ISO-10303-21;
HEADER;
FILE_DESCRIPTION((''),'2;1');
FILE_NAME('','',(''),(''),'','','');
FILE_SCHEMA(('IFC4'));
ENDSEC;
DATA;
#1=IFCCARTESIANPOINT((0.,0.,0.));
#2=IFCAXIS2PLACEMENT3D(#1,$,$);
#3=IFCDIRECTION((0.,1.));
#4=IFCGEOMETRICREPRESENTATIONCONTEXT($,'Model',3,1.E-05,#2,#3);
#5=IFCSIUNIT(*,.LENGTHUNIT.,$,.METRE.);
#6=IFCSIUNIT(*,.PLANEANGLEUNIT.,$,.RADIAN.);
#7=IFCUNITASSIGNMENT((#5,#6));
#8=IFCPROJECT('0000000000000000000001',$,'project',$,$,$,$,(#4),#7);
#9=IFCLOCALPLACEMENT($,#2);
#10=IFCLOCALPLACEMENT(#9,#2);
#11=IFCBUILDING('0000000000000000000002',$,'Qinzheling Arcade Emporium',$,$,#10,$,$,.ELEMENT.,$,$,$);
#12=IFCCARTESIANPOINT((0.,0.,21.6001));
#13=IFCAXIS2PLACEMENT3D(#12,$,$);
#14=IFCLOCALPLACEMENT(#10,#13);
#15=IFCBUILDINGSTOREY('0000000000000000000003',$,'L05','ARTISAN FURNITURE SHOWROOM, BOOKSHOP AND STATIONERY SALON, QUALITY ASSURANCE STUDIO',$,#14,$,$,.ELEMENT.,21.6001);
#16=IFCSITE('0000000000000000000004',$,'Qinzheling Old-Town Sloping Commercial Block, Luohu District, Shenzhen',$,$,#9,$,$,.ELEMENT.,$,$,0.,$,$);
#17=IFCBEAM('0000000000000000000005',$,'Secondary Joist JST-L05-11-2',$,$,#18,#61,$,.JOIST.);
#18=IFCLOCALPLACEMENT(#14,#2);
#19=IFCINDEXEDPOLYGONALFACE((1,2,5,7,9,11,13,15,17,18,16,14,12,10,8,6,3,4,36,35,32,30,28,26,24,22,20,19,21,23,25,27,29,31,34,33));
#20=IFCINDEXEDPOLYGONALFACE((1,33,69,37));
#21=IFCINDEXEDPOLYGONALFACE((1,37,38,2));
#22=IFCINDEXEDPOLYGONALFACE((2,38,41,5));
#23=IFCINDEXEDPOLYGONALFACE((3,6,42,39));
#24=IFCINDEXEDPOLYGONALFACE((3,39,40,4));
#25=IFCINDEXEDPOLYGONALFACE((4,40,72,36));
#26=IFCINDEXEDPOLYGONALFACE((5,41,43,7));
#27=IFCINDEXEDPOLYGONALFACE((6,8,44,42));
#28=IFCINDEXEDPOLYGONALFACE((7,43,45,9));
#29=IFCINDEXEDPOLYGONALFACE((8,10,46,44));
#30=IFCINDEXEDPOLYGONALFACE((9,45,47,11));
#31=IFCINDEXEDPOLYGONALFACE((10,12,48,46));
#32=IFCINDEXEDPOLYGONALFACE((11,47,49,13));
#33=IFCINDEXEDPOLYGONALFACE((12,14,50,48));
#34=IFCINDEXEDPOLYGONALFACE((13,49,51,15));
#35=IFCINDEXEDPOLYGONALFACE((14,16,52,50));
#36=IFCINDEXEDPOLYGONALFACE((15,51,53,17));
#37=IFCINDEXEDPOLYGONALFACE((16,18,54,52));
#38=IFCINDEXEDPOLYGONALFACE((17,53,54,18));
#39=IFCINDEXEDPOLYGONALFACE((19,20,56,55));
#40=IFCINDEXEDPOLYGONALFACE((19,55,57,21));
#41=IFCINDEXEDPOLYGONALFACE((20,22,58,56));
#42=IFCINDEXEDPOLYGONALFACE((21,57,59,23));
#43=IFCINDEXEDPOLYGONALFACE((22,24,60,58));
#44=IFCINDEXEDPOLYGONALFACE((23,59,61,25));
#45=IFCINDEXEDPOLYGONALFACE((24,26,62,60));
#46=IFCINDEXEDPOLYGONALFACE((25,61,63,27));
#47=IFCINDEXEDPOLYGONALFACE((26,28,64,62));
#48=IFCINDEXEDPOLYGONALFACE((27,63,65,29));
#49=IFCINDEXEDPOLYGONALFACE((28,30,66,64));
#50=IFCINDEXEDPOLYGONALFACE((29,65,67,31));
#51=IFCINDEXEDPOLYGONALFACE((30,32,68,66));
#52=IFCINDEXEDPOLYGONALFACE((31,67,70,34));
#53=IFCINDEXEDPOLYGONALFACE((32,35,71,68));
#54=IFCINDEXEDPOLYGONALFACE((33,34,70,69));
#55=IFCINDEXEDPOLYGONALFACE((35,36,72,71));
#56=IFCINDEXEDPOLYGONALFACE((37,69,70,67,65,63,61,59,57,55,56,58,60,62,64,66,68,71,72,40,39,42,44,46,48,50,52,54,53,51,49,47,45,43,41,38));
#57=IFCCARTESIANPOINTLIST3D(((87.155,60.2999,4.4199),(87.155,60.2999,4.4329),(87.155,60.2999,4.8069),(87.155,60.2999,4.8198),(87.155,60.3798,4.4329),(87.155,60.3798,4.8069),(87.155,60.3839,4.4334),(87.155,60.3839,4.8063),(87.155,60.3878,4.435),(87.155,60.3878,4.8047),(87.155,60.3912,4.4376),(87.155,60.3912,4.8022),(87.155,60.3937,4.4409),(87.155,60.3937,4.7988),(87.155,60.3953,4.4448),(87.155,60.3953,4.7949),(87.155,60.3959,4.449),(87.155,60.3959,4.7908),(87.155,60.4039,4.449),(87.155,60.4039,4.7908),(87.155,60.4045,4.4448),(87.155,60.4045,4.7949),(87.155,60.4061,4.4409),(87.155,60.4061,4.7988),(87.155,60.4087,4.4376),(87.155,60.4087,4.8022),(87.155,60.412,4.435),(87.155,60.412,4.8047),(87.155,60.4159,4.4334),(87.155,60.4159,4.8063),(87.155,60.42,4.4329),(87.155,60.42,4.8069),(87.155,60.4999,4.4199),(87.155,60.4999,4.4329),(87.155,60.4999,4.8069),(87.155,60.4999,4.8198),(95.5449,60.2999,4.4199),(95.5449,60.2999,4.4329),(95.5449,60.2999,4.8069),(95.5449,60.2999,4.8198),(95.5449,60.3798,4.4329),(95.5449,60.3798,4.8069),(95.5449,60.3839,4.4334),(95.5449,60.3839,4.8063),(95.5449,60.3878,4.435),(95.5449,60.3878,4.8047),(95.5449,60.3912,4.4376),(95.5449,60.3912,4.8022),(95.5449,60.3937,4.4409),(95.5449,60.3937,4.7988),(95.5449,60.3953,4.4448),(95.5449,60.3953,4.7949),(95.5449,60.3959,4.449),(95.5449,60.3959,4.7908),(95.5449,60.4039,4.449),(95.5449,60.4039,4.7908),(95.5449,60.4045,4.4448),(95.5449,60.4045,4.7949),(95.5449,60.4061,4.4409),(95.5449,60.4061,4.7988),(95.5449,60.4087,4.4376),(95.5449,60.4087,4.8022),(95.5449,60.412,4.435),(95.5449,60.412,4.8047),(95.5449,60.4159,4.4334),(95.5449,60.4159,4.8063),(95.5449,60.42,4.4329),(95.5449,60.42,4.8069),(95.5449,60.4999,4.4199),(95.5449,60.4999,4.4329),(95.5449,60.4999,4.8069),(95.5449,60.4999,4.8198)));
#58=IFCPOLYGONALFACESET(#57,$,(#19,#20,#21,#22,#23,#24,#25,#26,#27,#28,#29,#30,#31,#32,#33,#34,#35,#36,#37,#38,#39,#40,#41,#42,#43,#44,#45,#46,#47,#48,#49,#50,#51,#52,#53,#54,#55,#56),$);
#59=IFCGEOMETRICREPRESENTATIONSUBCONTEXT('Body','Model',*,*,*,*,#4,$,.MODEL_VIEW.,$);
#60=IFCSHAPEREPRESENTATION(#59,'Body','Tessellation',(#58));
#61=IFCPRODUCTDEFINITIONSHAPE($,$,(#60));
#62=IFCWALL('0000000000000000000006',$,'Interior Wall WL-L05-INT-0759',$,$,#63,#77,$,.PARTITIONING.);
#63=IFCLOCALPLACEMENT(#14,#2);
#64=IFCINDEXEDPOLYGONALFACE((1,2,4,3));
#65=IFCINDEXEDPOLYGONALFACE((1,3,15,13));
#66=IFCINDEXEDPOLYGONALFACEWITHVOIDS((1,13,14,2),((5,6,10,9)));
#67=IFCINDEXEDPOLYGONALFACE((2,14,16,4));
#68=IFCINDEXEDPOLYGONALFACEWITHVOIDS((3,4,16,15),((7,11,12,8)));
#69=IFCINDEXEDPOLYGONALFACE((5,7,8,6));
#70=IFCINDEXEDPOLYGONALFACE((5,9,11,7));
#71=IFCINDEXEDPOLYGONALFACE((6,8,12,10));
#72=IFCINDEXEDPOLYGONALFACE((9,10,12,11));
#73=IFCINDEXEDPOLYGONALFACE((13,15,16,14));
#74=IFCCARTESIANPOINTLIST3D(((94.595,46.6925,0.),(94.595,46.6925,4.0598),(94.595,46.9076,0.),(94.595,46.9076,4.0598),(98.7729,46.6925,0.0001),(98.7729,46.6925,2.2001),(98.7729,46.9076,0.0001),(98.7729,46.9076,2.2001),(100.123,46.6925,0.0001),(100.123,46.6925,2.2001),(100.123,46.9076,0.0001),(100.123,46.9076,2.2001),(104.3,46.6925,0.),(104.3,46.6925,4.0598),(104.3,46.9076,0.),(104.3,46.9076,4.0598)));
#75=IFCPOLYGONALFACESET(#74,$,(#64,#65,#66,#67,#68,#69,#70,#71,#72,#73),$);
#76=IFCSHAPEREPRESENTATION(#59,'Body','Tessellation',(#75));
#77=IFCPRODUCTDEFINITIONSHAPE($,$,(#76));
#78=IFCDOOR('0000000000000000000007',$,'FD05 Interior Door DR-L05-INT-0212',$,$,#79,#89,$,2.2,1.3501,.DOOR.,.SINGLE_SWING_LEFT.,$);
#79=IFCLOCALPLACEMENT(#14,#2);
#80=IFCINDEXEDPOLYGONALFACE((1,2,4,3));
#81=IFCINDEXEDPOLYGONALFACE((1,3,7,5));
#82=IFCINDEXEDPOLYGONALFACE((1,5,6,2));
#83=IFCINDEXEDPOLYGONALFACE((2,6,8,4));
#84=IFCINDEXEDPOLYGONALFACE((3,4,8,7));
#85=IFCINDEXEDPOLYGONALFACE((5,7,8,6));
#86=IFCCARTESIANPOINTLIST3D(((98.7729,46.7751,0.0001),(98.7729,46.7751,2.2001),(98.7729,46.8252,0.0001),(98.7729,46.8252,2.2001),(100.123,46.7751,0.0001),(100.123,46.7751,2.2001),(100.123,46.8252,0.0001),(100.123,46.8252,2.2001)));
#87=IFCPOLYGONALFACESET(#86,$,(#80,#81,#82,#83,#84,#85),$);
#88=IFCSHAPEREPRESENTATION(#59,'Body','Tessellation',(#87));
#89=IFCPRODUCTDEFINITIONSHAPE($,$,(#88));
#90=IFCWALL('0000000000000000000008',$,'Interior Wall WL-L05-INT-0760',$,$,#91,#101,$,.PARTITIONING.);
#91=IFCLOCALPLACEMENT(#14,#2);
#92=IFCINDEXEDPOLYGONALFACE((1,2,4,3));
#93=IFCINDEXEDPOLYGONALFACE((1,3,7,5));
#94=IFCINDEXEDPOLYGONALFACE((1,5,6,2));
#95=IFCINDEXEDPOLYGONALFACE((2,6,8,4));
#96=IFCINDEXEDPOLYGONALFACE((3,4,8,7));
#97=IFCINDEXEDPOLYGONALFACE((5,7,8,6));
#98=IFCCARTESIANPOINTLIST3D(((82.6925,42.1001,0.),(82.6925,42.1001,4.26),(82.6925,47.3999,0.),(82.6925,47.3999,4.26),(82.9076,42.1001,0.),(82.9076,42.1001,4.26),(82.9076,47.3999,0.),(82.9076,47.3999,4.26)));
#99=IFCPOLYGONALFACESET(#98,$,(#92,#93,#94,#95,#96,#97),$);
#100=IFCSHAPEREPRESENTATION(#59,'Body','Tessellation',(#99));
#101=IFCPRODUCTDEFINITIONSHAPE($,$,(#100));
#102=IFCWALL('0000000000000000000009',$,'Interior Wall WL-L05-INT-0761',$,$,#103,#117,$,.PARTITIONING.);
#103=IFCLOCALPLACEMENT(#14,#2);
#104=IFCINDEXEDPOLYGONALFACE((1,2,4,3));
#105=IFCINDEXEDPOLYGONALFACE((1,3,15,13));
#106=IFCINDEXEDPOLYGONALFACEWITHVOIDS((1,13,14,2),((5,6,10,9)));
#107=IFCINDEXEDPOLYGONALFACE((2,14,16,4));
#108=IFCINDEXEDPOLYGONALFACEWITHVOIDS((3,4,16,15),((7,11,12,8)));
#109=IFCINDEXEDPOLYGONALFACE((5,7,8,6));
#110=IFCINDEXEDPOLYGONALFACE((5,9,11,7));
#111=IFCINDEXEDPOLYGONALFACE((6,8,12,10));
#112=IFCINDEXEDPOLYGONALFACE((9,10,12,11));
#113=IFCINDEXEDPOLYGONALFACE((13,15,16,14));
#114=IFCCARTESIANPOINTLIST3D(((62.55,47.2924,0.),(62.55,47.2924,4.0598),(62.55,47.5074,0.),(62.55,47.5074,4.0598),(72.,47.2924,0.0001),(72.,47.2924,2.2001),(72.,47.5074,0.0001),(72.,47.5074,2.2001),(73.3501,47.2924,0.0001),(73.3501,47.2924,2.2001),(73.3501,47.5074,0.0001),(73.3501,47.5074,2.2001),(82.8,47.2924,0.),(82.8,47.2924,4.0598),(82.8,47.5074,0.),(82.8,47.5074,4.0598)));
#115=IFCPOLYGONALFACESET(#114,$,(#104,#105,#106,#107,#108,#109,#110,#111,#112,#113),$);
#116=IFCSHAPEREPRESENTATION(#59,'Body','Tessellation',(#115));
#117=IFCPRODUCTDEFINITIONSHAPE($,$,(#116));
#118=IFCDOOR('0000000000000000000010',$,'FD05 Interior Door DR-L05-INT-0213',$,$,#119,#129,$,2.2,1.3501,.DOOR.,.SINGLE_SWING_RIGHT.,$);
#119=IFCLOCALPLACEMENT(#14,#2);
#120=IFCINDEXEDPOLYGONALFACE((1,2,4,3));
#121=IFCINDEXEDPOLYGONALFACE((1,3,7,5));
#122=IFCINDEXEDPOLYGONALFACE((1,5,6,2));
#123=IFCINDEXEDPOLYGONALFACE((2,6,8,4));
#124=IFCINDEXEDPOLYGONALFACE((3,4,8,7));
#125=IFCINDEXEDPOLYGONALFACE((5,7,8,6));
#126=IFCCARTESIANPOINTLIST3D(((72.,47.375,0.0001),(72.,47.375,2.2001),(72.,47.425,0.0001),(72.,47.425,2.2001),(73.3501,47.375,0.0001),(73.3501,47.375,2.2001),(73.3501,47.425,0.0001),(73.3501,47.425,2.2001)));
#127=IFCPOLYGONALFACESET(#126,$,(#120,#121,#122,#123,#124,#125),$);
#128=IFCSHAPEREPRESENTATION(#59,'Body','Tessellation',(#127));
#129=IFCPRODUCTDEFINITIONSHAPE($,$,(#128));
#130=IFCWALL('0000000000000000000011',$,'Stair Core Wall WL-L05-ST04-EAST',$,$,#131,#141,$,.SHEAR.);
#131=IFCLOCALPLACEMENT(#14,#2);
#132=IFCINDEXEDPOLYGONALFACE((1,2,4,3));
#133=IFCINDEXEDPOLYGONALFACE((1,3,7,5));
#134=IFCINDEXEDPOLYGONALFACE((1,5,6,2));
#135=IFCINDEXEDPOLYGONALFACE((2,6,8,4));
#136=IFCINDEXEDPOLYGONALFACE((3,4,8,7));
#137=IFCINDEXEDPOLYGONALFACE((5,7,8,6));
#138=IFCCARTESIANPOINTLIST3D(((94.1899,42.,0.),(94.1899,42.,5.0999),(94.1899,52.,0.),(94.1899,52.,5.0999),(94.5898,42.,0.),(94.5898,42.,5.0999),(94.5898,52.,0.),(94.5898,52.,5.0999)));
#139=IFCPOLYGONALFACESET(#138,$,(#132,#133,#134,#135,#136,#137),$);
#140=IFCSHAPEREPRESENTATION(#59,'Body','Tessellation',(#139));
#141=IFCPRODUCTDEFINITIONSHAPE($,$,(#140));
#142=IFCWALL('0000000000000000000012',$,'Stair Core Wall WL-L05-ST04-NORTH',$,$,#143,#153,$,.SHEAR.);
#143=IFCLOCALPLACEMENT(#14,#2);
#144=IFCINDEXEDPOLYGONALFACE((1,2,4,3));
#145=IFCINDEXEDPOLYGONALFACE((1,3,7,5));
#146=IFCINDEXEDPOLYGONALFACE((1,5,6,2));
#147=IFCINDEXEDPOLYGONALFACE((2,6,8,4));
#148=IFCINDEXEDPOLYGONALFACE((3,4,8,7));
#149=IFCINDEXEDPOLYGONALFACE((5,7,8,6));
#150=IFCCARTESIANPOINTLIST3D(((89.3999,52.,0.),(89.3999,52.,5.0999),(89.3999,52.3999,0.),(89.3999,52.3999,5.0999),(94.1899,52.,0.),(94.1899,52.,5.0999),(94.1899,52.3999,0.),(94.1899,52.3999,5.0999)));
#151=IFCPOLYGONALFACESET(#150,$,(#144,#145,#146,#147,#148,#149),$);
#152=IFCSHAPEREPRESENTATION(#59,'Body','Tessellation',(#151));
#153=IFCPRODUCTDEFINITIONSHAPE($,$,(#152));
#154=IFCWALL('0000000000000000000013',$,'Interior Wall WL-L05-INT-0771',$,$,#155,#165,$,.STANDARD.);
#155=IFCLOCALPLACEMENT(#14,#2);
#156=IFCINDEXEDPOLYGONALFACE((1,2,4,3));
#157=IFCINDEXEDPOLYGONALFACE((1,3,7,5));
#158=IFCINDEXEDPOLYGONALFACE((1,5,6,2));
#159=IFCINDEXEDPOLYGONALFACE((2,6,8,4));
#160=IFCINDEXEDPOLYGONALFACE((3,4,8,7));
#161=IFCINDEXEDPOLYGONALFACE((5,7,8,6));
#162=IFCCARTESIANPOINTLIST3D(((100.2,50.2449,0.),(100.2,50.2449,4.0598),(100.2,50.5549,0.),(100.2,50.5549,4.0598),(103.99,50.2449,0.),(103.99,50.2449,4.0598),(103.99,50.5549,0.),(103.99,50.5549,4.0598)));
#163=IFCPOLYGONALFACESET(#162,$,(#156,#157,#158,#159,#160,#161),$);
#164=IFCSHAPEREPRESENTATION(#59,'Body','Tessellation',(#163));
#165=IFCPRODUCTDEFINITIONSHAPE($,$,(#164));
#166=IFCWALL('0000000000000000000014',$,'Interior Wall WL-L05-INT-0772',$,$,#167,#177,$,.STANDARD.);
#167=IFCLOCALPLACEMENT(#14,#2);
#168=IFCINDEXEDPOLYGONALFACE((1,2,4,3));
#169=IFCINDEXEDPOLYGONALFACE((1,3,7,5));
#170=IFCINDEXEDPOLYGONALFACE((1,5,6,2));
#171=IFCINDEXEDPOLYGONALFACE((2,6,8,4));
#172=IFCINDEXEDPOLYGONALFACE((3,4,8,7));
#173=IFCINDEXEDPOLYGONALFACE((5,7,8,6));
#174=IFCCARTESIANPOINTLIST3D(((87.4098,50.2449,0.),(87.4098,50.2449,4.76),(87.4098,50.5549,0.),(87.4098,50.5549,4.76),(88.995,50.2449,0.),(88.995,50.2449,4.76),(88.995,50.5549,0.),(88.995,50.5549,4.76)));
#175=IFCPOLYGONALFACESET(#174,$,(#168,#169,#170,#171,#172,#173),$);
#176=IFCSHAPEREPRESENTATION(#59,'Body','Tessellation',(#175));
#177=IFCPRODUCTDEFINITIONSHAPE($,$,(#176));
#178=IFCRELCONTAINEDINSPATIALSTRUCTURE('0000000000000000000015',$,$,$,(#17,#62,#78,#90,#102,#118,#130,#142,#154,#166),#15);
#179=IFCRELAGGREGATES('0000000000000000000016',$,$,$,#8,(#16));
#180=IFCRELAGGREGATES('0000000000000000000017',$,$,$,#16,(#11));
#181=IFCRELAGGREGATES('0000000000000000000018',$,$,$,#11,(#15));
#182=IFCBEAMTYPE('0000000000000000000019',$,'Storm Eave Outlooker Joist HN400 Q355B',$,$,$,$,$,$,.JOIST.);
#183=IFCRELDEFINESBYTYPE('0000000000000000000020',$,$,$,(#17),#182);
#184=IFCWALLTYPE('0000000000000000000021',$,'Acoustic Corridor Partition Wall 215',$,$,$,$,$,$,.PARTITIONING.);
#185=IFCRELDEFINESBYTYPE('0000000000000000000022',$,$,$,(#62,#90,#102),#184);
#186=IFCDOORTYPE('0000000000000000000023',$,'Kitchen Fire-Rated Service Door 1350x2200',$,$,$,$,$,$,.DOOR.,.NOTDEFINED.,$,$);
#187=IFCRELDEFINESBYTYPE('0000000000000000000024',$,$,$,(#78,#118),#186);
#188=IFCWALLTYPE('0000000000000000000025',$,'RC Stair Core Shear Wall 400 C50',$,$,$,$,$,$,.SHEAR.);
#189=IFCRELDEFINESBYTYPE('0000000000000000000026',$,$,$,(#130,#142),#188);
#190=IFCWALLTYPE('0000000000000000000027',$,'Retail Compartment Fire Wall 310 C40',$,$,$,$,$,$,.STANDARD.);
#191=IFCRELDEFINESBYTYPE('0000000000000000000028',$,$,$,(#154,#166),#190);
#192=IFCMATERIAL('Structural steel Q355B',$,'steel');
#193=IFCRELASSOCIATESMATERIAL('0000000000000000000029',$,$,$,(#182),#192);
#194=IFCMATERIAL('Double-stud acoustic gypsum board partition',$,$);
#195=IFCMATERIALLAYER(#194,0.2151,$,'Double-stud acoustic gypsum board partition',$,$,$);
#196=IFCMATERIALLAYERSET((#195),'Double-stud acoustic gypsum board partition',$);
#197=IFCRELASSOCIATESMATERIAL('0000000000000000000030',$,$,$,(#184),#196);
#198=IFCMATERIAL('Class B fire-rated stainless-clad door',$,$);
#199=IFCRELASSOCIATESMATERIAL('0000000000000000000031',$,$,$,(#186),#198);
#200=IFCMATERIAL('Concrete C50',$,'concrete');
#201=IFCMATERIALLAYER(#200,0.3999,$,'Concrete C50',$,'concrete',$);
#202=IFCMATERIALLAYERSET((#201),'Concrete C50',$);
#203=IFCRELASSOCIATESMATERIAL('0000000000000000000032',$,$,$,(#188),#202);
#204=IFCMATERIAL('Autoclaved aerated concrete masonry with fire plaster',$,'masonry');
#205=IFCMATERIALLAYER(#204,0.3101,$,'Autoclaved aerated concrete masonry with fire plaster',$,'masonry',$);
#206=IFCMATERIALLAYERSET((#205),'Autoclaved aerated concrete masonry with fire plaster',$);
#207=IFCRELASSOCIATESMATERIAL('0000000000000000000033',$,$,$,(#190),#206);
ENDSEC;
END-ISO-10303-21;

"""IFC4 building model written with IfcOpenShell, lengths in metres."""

from ifc_helpers import new_model, si_unit, direction, frame, frame_2d, origin, origin_2d, place, context, subcontext, project, spatial, rectangle, i_section, extrude, material, layer, layer_set, material_profile, profile_set, type_object, element, fill, save


model = new_model("IFC4")

# Units and contexts
model_context = context("Model", 3, precision=1e-05, world=origin(), true_north=direction((0.0, 1.0)))
body_context = subcontext(model_context, "Body", "Model", "MODEL_VIEW")
ifc_project = project(units=[si_unit("LENGTHUNIT", "METRE"), si_unit("PLANEANGLEUNIT", "RADIAN")], contexts=[model_context])

# Site, building, storey
site_placement = place(None, origin())
site = spatial("IfcSite", under=ifc_project, at=site_placement, Name="Qinzheling Old-Town Sloping Commercial Block, Luohu District, Shenzhen", CompositionType="ELEMENT", RefElevation=0.0)
building_placement = place(site_placement, origin())
building = spatial("IfcBuilding", under=site, at=building_placement, Name="Qinzheling Arcade Emporium", CompositionType="ELEMENT")
storey_placement = place(building_placement, frame((0.0, 0.0, 21.6001)))
storey = spatial("IfcBuildingStorey", under=building, at=storey_placement, Name="L05", Description="ARTISAN FURNITURE SHOWROOM, BOOKSHOP AND STATIONERY SALON, QUALITY ASSURANCE STUDIO", CompositionType="ELEMENT", Elevation=21.6001)

# Beam
ifc_material_1 = material(Name="Structural steel Q355B", Category="steel")
ifc_material_profile_1 = material_profile(ifc_material_1, i_section(OverallWidth=0.2, OverallDepth=0.3999, WebThickness=0.0081, FlangeThickness=0.0129, FilletRadius=0.0161, at=origin_2d()), Name="HN 400x200x8x13", Category="steel")
ifc_profile_set_1 = profile_set([ifc_material_profile_1], Name="Structural steel Q355B")
beam_type_1 = type_object("IfcBeamType", Name="Storm Eave Outlooker Joist HN400 Q355B", PredefinedType="JOIST", material=ifc_profile_set_1)
beam_1_placement = place(storey_placement, frame((87.155, 60.3999, 4.6199), z_axis=(1.0, 0.0, 0.0), x_axis=(0.0, 1.0, 0.0)))
element("IfcBeam", 1, at=beam_1_placement, inside=storey, type_object=beam_type_1, Name="Secondary Joist JST-L05-11-2", PredefinedType="JOIST", context=body_context, shape_type="SweptSolid", body=[
    extrude(i_section(OverallWidth=0.2, OverallDepth=0.3999, WebThickness=0.0081, FlangeThickness=0.0129, FilletRadius=0.0161, at=origin_2d()), origin(), (0.0, 0.0, 1.0), 8.3899),
])

# Wall, opening, door
ifc_material_2 = material(Name="Double-stud acoustic gypsum board partition")
ifc_layer_1 = layer(ifc_material_2, 0.2151, Name="Double-stud acoustic gypsum board partition")
ifc_layer_set_1 = layer_set([ifc_layer_1], Name="Double-stud acoustic gypsum board partition")
wall_type_1 = type_object("IfcWallType", Name="Acoustic Corridor Partition Wall 215", PredefinedType="PARTITIONING", material=ifc_layer_set_1)
wall_1_placement = place(storey_placement, frame((104.3, 46.8, 0.0), z_axis=(0.0, 0.0, 1.0), x_axis=(-1.0, 0.0, 0.0)))
wall_1 = element("IfcWall", 2, at=wall_1_placement, inside=storey, type_object=wall_type_1, Name="Interior Wall WL-L05-INT-0759", PredefinedType="PARTITIONING", context=body_context, shape_type="SweptSolid", body=[
    extrude(rectangle(XDim=9.7051, YDim=0.2151, at=frame_2d((4.8525, 0.0))), origin(), (0.0, 0.0, 1.0), 4.0598),
])
opening_1_placement = place(wall_1_placement, frame((4.177, 0.0, 0.0)))
opening_1 = element("IfcOpeningElement", 3, at=opening_1_placement, cuts=wall_1, PredefinedType="OPENING", context=body_context, shape_type="SweptSolid", body=[
    extrude(rectangle(XDim=1.3501, YDim=2.2, at=frame_2d((0.675, 1.1001))), frame((0.0, 0.1177, 0.0), z_axis=(0.0, -1.0, 0.0), x_axis=(1.0, 0.0, 0.0)), (0.0, 0.0, 1.0), 0.2351),
])
ifc_material_3 = material(Name="Class B fire-rated stainless-clad door")
door_type_1 = type_object("IfcDoorType", Name="Kitchen Fire-Rated Service Door 1350x2200", OperationType="NOTDEFINED", PredefinedType="DOOR", material=ifc_material_3)
door_1_placement = place(opening_1_placement, origin())
door_1 = element("IfcDoor", 4, at=door_1_placement, inside=storey, type_object=door_type_1, Name="FD05 Interior Door DR-L05-INT-0212", OperationType="SINGLE_SWING_LEFT", OverallHeight=2.2, OverallWidth=1.3501, PredefinedType="DOOR", context=body_context, shape_type="SweptSolid", body=[
    extrude(rectangle(XDim=1.3501, YDim=2.2, at=frame_2d((0.675, 1.1001))), frame((0.0, 0.0249, 0.0), z_axis=(0.0, -1.0, 0.0), x_axis=(1.0, 0.0, 0.0)), (0.0, 0.0, 1.0), 0.05),
])
fill(opening_1, door_1)

# Wall
wall_2_placement = place(storey_placement, frame((82.8, 42.1001, 0.0), z_axis=(0.0, 0.0, 1.0), x_axis=(0.0, 1.0, 0.0)))
element("IfcWall", 5, at=wall_2_placement, inside=storey, type_object=wall_type_1, Name="Interior Wall WL-L05-INT-0760", PredefinedType="PARTITIONING", context=body_context, shape_type="SweptSolid", body=[
    extrude(rectangle(XDim=5.2998, YDim=0.2151, at=frame_2d((2.6499, 0.0))), origin(), (0.0, 0.0, 1.0), 4.26),
])

# Wall, opening, door
wall_3_placement = place(storey_placement, frame((82.8, 47.3999, 0.0), z_axis=(0.0, 0.0, 1.0), x_axis=(-1.0, 0.0, 0.0)))
wall_3 = element("IfcWall", 6, at=wall_3_placement, inside=storey, type_object=wall_type_1, Name="Interior Wall WL-L05-INT-0761", PredefinedType="PARTITIONING", context=body_context, shape_type="SweptSolid", body=[
    extrude(rectangle(XDim=20.25, YDim=0.2151, at=frame_2d((10.125, 0.0))), origin(), (0.0, 0.0, 1.0), 4.0598),
])
opening_2_placement = place(wall_3_placement, frame((9.45, 0.0, 0.0)))
opening_2 = element("IfcOpeningElement", 7, at=opening_2_placement, cuts=wall_3, PredefinedType="OPENING", context=body_context, shape_type="SweptSolid", body=[
    extrude(rectangle(XDim=1.3501, YDim=2.2, at=frame_2d((0.675, 1.1001))), frame((0.0, 0.1177, 0.0), z_axis=(0.0, -1.0, 0.0), x_axis=(1.0, 0.0, 0.0)), (0.0, 0.0, 1.0), 0.2351),
])
door_2_placement = place(opening_2_placement, origin())
door_2 = element("IfcDoor", 8, at=door_2_placement, inside=storey, type_object=door_type_1, Name="FD05 Interior Door DR-L05-INT-0213", OperationType="SINGLE_SWING_RIGHT", OverallHeight=2.2, OverallWidth=1.3501, PredefinedType="DOOR", context=body_context, shape_type="SweptSolid", body=[
    extrude(rectangle(XDim=1.3501, YDim=2.2, at=frame_2d((0.675, 1.1001))), frame((0.0, 0.0249, 0.0), z_axis=(0.0, -1.0, 0.0), x_axis=(1.0, 0.0, 0.0)), (0.0, 0.0, 1.0), 0.05),
])
fill(opening_2, door_2)

# Walls
ifc_material_4 = material(Name="Concrete C50", Category="concrete")
ifc_layer_2 = layer(ifc_material_4, 0.3999, Name="Concrete C50", Category="concrete")
ifc_layer_set_2 = layer_set([ifc_layer_2], Name="Concrete C50")
wall_type_2 = type_object("IfcWallType", Name="RC Stair Core Shear Wall 400 C50", PredefinedType="SHEAR", material=ifc_layer_set_2)
wall_4_placement = place(storey_placement, frame((94.3899, 52.0, 0.0), z_axis=(0.0, 0.0, 1.0), x_axis=(0.0, -1.0, 0.0)))
element("IfcWall", 9, at=wall_4_placement, inside=storey, type_object=wall_type_2, Name="Stair Core Wall WL-L05-ST04-EAST", PredefinedType="SHEAR", context=body_context, shape_type="SweptSolid", body=[
    extrude(rectangle(XDim=10.0, YDim=0.3999, at=frame_2d((5.0, 0.0))), origin(), (0.0, 0.0, 1.0), 5.0999),
])
wall_5_placement = place(storey_placement, frame((89.3999, 52.2, 0.0), z_axis=(0.0, 0.0, 1.0), x_axis=(1.0, 0.0, 0.0)))
element("IfcWall", 10, at=wall_5_placement, inside=storey, type_object=wall_type_2, Name="Stair Core Wall WL-L05-ST04-NORTH", PredefinedType="SHEAR", context=body_context, shape_type="SweptSolid", body=[
    extrude(rectangle(XDim=4.79, YDim=0.3999, at=frame_2d((2.395, 0.0))), origin(), (0.0, 0.0, 1.0), 5.0999),
])
ifc_material_5 = material(Name="Autoclaved aerated concrete masonry with fire plaster", Category="masonry")
ifc_layer_3 = layer(ifc_material_5, 0.3101, Name="Autoclaved aerated concrete masonry with fire plaster", Category="masonry")
ifc_layer_set_3 = layer_set([ifc_layer_3], Name="Autoclaved aerated concrete masonry with fire plaster")
wall_type_3 = type_object("IfcWallType", Name="Retail Compartment Fire Wall 310 C40", PredefinedType="STANDARD", material=ifc_layer_set_3)
wall_6_placement = place(storey_placement, frame((100.2, 50.3999, 0.0), z_axis=(0.0, 0.0, 1.0), x_axis=(1.0, 0.0, 0.0)))
element("IfcWall", 11, at=wall_6_placement, inside=storey, type_object=wall_type_3, Name="Interior Wall WL-L05-INT-0771", PredefinedType="STANDARD", context=body_context, shape_type="SweptSolid", body=[
    extrude(rectangle(XDim=3.79, YDim=0.3101, at=frame_2d((1.895, 0.0))), origin(), (0.0, 0.0, 1.0), 4.0598),
])
wall_7_placement = place(storey_placement, frame((87.4099, 50.3999, 0.0), z_axis=(0.0, 0.0, 1.0), x_axis=(1.0, 0.0, 0.0)))
element("IfcWall", 12, at=wall_7_placement, inside=storey, type_object=wall_type_3, Name="Interior Wall WL-L05-INT-0772", PredefinedType="STANDARD", context=body_context, shape_type="SweptSolid", body=[
    extrude(rectangle(XDim=1.5852, YDim=0.3101, at=frame_2d((0.7925, 0.0))), origin(), (0.0, 0.0, 1.0), 4.76),
])

save(model, "model.ifc")
